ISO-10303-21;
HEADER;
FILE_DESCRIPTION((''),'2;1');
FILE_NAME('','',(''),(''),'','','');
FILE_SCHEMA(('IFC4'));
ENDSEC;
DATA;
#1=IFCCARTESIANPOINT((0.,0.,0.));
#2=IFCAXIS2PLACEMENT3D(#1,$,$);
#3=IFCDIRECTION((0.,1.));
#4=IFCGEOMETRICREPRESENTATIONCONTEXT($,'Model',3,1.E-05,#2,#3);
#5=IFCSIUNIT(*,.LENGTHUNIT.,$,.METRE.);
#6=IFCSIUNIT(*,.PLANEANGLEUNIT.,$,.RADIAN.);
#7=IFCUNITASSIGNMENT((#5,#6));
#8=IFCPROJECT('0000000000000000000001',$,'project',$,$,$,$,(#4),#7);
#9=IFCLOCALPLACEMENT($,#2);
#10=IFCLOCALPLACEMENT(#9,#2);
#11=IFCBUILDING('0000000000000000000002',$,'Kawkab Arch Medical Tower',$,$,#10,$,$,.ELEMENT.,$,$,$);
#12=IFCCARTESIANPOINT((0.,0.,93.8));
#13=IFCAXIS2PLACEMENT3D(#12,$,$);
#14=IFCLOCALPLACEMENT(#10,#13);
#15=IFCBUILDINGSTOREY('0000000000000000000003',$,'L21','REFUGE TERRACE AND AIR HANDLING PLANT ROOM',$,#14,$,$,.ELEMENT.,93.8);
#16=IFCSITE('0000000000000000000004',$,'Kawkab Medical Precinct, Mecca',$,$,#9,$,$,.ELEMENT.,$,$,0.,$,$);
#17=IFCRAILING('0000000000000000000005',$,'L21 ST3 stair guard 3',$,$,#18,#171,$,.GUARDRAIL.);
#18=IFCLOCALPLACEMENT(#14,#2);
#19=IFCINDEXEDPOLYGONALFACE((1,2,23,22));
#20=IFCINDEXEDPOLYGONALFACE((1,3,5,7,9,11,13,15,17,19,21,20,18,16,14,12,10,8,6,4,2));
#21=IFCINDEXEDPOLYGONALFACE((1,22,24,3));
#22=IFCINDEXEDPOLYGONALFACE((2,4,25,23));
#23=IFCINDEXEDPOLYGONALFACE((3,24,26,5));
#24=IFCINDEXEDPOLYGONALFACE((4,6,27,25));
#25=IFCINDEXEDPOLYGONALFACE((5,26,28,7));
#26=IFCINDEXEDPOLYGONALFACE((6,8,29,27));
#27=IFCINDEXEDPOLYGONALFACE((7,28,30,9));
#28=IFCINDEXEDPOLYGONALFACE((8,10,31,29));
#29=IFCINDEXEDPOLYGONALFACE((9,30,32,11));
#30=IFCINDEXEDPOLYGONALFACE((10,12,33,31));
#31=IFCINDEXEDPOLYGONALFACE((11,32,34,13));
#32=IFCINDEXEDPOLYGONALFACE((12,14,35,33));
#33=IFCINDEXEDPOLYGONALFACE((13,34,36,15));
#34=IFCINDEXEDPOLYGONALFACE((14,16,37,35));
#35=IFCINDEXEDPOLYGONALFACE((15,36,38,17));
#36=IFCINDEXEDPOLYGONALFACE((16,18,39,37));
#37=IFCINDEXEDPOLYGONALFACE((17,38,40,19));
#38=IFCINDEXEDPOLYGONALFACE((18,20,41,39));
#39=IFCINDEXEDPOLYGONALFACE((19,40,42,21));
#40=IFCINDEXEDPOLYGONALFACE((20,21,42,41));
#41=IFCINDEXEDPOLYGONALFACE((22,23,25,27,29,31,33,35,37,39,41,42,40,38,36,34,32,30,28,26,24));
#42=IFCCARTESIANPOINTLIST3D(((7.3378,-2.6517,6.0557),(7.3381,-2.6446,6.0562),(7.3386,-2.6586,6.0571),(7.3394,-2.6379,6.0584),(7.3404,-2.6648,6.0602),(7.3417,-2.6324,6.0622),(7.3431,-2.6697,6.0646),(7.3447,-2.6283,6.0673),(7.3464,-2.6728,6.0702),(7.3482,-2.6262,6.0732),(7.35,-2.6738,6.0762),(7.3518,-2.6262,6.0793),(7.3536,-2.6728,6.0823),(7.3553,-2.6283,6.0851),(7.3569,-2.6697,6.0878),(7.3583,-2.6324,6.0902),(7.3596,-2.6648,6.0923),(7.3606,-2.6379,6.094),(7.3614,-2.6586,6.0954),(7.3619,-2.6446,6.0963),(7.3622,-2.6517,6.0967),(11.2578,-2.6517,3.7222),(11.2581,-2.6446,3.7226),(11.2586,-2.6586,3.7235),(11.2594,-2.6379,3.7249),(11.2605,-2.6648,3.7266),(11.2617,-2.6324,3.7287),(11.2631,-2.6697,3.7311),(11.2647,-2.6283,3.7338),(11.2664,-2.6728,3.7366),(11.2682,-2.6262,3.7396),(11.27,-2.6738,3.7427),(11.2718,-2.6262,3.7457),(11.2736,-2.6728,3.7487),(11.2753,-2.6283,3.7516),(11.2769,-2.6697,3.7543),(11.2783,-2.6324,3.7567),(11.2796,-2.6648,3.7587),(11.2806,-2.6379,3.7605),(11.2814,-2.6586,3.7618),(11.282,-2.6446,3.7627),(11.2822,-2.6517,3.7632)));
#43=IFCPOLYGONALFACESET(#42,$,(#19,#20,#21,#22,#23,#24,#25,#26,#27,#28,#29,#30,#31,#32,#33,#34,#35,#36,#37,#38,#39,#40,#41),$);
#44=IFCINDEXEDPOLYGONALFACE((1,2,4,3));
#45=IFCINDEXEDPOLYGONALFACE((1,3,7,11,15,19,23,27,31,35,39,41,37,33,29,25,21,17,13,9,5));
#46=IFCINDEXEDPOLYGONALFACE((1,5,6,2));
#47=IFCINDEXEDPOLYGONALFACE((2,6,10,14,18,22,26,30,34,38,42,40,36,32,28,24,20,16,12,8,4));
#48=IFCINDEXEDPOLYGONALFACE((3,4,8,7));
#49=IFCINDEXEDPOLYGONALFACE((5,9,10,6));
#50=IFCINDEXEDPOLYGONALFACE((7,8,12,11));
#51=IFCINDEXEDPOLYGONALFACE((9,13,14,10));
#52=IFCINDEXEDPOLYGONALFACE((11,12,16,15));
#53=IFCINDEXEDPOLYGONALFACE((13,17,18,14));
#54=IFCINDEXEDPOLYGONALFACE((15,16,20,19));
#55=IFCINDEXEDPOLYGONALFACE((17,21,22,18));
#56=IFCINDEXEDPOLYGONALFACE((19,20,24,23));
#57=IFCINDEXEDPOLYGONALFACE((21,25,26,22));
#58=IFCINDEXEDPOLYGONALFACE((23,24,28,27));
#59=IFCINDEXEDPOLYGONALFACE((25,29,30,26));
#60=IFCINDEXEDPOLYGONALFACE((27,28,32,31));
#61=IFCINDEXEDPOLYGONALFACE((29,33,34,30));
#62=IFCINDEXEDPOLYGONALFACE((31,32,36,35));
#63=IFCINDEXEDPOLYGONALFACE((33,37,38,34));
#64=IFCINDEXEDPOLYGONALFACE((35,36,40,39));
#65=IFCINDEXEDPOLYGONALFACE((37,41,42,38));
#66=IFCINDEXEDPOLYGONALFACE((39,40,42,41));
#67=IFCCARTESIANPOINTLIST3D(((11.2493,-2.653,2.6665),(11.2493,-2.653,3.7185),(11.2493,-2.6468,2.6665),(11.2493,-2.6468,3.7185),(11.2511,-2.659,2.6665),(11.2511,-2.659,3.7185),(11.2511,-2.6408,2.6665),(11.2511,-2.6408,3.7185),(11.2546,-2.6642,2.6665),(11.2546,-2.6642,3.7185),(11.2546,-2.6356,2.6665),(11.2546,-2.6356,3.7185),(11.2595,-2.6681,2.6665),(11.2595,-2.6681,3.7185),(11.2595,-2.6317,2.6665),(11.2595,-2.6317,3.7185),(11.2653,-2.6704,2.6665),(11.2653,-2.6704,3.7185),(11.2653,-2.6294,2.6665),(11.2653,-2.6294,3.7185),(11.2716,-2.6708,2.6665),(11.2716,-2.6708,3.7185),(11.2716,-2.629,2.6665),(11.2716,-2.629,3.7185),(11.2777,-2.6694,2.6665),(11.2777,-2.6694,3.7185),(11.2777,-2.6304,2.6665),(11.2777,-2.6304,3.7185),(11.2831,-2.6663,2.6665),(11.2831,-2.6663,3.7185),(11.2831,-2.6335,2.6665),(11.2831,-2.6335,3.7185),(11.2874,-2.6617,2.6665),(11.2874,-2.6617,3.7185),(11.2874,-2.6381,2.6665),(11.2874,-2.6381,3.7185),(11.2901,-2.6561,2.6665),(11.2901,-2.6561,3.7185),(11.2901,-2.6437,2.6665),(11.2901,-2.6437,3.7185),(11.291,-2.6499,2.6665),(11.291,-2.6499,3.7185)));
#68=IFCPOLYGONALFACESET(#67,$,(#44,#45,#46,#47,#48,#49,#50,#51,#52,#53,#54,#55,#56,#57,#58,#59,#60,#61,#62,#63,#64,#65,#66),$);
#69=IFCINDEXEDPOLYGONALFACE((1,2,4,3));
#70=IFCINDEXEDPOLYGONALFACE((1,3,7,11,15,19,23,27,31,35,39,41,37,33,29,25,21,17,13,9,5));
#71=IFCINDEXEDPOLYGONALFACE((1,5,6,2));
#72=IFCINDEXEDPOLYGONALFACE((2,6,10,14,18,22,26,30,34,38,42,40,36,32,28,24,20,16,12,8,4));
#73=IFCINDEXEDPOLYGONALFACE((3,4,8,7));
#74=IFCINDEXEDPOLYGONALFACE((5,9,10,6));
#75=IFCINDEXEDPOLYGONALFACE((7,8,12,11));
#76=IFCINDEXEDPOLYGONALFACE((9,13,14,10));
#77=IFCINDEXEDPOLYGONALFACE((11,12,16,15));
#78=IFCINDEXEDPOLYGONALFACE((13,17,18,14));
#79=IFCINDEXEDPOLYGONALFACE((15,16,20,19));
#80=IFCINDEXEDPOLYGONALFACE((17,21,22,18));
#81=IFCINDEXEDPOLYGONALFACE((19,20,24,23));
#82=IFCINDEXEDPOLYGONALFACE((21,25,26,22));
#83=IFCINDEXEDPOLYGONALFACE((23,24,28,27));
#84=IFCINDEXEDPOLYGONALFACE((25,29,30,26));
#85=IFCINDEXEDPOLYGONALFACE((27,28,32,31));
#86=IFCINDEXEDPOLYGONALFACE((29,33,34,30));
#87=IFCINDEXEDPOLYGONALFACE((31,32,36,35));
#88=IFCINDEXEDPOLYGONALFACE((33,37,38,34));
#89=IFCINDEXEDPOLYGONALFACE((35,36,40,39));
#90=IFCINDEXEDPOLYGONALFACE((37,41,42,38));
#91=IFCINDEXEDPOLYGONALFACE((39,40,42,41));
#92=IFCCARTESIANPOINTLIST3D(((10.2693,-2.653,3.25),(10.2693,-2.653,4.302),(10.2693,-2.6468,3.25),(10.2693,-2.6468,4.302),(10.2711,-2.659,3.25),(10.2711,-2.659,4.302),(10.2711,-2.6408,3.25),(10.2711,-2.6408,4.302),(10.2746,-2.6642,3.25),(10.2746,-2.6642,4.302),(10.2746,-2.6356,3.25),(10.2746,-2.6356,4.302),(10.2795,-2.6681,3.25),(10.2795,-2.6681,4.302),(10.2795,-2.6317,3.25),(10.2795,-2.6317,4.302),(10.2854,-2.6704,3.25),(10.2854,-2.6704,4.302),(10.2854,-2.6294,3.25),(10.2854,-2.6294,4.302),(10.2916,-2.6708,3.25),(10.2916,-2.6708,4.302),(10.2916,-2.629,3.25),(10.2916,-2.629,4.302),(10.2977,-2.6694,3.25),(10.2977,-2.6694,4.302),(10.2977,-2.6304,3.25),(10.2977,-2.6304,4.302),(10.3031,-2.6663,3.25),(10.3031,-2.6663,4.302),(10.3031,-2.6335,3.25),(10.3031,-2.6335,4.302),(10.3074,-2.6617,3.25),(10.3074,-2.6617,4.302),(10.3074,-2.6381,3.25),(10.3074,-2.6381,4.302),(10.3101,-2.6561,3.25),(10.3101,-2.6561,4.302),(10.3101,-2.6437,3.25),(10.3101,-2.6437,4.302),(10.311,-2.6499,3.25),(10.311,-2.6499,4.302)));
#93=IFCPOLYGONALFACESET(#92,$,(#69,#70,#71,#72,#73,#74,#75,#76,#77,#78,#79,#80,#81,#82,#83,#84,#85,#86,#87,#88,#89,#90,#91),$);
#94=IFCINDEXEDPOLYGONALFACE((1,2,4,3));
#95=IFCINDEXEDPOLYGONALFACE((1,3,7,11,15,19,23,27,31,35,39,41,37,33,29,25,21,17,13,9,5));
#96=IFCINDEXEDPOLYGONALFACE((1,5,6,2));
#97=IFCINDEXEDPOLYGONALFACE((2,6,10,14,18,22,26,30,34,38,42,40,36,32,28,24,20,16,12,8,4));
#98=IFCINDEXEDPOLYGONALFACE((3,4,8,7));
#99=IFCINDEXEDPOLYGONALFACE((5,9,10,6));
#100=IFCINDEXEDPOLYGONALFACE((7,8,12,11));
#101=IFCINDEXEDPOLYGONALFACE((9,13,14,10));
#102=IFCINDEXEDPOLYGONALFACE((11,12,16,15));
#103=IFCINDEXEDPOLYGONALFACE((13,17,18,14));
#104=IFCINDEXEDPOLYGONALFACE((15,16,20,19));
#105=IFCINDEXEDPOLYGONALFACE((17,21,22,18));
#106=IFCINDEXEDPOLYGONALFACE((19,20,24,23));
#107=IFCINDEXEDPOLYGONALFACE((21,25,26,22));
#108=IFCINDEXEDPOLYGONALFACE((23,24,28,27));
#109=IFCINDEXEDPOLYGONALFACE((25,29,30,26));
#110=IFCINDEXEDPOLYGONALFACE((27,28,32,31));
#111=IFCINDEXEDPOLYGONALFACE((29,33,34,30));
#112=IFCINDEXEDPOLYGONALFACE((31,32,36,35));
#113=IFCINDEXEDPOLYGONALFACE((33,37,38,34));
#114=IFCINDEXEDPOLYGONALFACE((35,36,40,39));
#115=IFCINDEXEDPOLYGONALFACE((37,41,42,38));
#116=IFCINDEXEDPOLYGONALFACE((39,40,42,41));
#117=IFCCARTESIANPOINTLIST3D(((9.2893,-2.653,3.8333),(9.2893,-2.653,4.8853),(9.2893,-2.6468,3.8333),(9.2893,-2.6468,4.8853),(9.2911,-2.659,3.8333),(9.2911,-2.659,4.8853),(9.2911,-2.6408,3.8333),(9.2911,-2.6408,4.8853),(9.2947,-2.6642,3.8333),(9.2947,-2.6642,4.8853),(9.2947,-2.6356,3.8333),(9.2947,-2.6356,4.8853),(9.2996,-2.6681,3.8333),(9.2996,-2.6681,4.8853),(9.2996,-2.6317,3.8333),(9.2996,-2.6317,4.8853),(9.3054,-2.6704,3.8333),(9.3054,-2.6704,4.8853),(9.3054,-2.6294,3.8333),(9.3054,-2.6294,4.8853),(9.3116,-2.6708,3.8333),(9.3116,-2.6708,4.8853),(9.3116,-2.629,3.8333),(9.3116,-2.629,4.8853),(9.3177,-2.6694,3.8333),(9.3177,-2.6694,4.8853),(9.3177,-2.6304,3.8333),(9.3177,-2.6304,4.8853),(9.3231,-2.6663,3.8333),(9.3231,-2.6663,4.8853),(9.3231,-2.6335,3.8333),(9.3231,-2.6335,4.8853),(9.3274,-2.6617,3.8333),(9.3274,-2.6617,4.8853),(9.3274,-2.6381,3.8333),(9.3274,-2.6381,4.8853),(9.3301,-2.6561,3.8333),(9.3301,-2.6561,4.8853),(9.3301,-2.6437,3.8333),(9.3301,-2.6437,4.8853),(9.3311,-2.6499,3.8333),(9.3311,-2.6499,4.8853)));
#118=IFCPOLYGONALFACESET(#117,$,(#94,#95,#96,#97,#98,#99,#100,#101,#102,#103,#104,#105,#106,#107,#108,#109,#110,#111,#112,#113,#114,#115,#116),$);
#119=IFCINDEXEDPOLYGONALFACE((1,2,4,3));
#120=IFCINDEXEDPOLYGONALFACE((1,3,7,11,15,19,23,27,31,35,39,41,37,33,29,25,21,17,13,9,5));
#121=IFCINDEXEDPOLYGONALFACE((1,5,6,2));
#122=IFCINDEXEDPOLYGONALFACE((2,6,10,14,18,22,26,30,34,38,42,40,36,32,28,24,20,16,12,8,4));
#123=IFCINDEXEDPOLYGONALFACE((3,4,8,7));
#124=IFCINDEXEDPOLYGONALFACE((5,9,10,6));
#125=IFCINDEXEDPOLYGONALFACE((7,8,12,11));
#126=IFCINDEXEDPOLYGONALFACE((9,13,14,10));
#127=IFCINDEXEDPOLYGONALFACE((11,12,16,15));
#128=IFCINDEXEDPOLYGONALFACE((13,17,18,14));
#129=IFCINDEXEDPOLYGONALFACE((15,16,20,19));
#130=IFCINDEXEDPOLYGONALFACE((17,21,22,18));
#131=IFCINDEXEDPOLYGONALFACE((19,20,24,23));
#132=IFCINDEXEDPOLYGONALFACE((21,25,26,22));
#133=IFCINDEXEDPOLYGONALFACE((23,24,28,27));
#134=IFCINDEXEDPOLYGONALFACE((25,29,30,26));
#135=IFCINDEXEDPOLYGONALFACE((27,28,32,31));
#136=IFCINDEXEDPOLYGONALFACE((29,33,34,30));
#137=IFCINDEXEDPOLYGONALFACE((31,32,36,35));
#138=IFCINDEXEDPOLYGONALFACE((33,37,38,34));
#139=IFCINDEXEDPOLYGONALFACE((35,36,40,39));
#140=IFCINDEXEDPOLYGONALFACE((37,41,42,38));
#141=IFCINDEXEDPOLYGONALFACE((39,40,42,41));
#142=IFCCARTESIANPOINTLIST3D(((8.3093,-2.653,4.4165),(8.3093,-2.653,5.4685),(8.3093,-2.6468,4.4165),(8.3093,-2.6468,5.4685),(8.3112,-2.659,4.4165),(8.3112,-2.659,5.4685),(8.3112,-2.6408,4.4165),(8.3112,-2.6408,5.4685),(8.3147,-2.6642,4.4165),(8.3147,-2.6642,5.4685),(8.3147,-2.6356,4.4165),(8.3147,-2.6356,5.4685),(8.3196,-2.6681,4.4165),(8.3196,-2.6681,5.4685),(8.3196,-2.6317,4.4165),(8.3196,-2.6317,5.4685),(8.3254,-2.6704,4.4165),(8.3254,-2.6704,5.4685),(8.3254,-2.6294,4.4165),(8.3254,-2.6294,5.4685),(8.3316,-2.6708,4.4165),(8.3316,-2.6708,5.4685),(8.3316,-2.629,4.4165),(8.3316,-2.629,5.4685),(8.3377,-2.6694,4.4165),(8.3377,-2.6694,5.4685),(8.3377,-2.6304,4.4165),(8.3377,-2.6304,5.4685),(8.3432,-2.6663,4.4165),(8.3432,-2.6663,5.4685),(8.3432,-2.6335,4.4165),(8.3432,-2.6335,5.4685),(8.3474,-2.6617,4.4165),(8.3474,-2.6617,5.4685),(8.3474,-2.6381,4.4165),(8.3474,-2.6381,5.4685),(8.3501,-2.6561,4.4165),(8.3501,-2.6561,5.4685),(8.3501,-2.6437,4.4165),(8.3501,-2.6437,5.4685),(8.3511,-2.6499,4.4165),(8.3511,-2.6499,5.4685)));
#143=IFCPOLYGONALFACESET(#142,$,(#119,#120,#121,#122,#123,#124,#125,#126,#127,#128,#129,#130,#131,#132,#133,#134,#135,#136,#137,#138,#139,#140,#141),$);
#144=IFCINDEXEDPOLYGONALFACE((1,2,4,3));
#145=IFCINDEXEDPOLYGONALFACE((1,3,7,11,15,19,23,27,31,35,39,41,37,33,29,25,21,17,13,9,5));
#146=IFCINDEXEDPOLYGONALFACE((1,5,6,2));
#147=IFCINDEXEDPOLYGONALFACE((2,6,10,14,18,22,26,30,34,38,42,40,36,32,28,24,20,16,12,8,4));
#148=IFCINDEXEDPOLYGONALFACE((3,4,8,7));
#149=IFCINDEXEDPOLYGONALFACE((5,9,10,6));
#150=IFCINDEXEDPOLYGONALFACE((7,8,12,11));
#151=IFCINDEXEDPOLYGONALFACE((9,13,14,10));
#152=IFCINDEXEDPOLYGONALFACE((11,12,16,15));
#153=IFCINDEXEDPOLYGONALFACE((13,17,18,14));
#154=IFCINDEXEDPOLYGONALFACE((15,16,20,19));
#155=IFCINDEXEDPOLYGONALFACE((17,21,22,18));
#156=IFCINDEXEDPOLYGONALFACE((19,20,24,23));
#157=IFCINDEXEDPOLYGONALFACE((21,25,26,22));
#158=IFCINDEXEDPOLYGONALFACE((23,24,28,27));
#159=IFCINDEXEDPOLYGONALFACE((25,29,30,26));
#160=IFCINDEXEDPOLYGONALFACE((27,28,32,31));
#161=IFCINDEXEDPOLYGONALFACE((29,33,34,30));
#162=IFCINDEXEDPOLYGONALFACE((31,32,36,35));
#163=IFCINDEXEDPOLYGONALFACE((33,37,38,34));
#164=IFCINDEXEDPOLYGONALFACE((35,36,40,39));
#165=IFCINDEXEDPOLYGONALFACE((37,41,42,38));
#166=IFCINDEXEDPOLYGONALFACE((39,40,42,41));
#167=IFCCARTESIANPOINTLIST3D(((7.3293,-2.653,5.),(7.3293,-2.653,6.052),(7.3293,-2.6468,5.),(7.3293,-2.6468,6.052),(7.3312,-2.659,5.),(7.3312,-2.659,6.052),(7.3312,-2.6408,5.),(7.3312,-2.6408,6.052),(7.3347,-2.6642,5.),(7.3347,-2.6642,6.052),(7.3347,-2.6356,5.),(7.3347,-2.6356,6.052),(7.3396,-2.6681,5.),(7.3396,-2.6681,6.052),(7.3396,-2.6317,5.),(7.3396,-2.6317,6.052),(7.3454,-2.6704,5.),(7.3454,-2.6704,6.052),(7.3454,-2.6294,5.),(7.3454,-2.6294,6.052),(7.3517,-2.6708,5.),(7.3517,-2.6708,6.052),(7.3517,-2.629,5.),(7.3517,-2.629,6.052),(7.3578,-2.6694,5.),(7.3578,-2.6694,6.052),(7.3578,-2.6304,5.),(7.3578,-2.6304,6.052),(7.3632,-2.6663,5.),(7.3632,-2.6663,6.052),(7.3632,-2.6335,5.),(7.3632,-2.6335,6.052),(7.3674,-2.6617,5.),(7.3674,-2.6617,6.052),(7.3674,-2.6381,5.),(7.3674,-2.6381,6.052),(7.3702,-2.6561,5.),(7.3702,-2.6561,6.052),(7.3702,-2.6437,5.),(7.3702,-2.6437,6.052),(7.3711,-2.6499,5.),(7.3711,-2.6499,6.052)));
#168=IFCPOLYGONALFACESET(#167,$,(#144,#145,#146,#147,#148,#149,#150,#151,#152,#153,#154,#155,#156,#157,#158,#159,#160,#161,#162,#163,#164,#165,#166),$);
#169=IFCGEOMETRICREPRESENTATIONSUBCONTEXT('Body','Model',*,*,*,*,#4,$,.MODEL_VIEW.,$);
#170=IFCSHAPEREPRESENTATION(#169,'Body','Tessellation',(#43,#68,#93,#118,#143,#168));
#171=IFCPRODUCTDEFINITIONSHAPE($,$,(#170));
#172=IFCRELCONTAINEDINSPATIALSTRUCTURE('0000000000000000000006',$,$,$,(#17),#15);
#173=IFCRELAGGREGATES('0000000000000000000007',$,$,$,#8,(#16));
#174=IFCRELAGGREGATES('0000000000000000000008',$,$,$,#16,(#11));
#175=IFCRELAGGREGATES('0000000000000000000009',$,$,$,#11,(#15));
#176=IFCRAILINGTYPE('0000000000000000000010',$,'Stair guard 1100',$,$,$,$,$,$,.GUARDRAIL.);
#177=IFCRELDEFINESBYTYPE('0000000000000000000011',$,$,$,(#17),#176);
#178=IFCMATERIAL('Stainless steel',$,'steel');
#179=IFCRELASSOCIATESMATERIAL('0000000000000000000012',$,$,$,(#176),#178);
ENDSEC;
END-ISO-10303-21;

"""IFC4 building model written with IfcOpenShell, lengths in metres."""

from ifc_helpers import new_model, si_unit, direction, frame, origin, origin_2d, place, context, subcontext, project, spatial, circle, extrude, material, type_object, element, save


model = new_model("IFC4")

# Units and contexts
model_context = context("Model", 3, precision=1e-05, world=origin(), true_north=direction((0.0, 1.0)))
body_context = subcontext(model_context, "Body", "Model", "MODEL_VIEW")
ifc_project = project(units=[si_unit("LENGTHUNIT", "METRE"), si_unit("PLANEANGLEUNIT", "RADIAN")], contexts=[model_context])

# Site, building, storey
site_placement = place(None, origin())
site = spatial("IfcSite", under=ifc_project, at=site_placement, Name="Kawkab Medical Precinct, Mecca", CompositionType="ELEMENT", RefElevation=0.0)
building_placement = place(site_placement, origin())
building = spatial("IfcBuilding", under=site, at=building_placement, Name="Kawkab Arch Medical Tower", CompositionType="ELEMENT")
storey_placement = place(building_placement, frame((0.0, 0.0, 93.8)))
storey = spatial("IfcBuildingStorey", under=building, at=storey_placement, Name="L21", Description="REFUGE TERRACE AND AIR HANDLING PLANT ROOM", CompositionType="ELEMENT", Elevation=93.8)

# Railing
ifc_material_1 = material(Name="Stainless steel", Category="steel")
railing_type = type_object("IfcRailingType", Name="Stair guard 1100", PredefinedType="GUARDRAIL", material=ifc_material_1)
railing_1_placement = place(storey_placement, frame((11.27, -2.6499, 2.6665)))
element("IfcRailing", 1, at=railing_1_placement, inside=storey, type_object=railing_type, Name="L21 ST3 stair guard 3", PredefinedType="GUARDRAIL", context=body_context, shape_type="SweptSolid", body=[
    extrude(circle(Radius=0.0239, at=origin_2d()), frame((0.0, 0.0, 1.0762), z_axis=(-0.859273, 0.0, 0.511518), x_axis=(0.0, -1.0, 0.0)), (0.0, 0.0, 1.0), 4.562),
    extrude(circle(Radius=0.021, at=origin_2d()), origin(), (0.0, 0.0, 1.0), 1.052),
    extrude(circle(Radius=0.021, at=origin_2d()), frame((-0.98, 0.0, 0.5835)), (0.0, 0.0, 1.0), 1.052),
    extrude(circle(Radius=0.021, at=origin_2d()), frame((-1.96, 0.0, 1.1667)), (0.0, 0.0, 1.0), 1.052),
    extrude(circle(Radius=0.021, at=origin_2d()), frame((-2.9399, 0.0, 1.75)), (0.0, 0.0, 1.0), 1.052),
    extrude(circle(Radius=0.021, at=origin_2d()), frame((-3.9199, 0.0, 2.3335)), (0.0, 0.0, 1.0), 1.052),
])

save(model, "model.ifc")
